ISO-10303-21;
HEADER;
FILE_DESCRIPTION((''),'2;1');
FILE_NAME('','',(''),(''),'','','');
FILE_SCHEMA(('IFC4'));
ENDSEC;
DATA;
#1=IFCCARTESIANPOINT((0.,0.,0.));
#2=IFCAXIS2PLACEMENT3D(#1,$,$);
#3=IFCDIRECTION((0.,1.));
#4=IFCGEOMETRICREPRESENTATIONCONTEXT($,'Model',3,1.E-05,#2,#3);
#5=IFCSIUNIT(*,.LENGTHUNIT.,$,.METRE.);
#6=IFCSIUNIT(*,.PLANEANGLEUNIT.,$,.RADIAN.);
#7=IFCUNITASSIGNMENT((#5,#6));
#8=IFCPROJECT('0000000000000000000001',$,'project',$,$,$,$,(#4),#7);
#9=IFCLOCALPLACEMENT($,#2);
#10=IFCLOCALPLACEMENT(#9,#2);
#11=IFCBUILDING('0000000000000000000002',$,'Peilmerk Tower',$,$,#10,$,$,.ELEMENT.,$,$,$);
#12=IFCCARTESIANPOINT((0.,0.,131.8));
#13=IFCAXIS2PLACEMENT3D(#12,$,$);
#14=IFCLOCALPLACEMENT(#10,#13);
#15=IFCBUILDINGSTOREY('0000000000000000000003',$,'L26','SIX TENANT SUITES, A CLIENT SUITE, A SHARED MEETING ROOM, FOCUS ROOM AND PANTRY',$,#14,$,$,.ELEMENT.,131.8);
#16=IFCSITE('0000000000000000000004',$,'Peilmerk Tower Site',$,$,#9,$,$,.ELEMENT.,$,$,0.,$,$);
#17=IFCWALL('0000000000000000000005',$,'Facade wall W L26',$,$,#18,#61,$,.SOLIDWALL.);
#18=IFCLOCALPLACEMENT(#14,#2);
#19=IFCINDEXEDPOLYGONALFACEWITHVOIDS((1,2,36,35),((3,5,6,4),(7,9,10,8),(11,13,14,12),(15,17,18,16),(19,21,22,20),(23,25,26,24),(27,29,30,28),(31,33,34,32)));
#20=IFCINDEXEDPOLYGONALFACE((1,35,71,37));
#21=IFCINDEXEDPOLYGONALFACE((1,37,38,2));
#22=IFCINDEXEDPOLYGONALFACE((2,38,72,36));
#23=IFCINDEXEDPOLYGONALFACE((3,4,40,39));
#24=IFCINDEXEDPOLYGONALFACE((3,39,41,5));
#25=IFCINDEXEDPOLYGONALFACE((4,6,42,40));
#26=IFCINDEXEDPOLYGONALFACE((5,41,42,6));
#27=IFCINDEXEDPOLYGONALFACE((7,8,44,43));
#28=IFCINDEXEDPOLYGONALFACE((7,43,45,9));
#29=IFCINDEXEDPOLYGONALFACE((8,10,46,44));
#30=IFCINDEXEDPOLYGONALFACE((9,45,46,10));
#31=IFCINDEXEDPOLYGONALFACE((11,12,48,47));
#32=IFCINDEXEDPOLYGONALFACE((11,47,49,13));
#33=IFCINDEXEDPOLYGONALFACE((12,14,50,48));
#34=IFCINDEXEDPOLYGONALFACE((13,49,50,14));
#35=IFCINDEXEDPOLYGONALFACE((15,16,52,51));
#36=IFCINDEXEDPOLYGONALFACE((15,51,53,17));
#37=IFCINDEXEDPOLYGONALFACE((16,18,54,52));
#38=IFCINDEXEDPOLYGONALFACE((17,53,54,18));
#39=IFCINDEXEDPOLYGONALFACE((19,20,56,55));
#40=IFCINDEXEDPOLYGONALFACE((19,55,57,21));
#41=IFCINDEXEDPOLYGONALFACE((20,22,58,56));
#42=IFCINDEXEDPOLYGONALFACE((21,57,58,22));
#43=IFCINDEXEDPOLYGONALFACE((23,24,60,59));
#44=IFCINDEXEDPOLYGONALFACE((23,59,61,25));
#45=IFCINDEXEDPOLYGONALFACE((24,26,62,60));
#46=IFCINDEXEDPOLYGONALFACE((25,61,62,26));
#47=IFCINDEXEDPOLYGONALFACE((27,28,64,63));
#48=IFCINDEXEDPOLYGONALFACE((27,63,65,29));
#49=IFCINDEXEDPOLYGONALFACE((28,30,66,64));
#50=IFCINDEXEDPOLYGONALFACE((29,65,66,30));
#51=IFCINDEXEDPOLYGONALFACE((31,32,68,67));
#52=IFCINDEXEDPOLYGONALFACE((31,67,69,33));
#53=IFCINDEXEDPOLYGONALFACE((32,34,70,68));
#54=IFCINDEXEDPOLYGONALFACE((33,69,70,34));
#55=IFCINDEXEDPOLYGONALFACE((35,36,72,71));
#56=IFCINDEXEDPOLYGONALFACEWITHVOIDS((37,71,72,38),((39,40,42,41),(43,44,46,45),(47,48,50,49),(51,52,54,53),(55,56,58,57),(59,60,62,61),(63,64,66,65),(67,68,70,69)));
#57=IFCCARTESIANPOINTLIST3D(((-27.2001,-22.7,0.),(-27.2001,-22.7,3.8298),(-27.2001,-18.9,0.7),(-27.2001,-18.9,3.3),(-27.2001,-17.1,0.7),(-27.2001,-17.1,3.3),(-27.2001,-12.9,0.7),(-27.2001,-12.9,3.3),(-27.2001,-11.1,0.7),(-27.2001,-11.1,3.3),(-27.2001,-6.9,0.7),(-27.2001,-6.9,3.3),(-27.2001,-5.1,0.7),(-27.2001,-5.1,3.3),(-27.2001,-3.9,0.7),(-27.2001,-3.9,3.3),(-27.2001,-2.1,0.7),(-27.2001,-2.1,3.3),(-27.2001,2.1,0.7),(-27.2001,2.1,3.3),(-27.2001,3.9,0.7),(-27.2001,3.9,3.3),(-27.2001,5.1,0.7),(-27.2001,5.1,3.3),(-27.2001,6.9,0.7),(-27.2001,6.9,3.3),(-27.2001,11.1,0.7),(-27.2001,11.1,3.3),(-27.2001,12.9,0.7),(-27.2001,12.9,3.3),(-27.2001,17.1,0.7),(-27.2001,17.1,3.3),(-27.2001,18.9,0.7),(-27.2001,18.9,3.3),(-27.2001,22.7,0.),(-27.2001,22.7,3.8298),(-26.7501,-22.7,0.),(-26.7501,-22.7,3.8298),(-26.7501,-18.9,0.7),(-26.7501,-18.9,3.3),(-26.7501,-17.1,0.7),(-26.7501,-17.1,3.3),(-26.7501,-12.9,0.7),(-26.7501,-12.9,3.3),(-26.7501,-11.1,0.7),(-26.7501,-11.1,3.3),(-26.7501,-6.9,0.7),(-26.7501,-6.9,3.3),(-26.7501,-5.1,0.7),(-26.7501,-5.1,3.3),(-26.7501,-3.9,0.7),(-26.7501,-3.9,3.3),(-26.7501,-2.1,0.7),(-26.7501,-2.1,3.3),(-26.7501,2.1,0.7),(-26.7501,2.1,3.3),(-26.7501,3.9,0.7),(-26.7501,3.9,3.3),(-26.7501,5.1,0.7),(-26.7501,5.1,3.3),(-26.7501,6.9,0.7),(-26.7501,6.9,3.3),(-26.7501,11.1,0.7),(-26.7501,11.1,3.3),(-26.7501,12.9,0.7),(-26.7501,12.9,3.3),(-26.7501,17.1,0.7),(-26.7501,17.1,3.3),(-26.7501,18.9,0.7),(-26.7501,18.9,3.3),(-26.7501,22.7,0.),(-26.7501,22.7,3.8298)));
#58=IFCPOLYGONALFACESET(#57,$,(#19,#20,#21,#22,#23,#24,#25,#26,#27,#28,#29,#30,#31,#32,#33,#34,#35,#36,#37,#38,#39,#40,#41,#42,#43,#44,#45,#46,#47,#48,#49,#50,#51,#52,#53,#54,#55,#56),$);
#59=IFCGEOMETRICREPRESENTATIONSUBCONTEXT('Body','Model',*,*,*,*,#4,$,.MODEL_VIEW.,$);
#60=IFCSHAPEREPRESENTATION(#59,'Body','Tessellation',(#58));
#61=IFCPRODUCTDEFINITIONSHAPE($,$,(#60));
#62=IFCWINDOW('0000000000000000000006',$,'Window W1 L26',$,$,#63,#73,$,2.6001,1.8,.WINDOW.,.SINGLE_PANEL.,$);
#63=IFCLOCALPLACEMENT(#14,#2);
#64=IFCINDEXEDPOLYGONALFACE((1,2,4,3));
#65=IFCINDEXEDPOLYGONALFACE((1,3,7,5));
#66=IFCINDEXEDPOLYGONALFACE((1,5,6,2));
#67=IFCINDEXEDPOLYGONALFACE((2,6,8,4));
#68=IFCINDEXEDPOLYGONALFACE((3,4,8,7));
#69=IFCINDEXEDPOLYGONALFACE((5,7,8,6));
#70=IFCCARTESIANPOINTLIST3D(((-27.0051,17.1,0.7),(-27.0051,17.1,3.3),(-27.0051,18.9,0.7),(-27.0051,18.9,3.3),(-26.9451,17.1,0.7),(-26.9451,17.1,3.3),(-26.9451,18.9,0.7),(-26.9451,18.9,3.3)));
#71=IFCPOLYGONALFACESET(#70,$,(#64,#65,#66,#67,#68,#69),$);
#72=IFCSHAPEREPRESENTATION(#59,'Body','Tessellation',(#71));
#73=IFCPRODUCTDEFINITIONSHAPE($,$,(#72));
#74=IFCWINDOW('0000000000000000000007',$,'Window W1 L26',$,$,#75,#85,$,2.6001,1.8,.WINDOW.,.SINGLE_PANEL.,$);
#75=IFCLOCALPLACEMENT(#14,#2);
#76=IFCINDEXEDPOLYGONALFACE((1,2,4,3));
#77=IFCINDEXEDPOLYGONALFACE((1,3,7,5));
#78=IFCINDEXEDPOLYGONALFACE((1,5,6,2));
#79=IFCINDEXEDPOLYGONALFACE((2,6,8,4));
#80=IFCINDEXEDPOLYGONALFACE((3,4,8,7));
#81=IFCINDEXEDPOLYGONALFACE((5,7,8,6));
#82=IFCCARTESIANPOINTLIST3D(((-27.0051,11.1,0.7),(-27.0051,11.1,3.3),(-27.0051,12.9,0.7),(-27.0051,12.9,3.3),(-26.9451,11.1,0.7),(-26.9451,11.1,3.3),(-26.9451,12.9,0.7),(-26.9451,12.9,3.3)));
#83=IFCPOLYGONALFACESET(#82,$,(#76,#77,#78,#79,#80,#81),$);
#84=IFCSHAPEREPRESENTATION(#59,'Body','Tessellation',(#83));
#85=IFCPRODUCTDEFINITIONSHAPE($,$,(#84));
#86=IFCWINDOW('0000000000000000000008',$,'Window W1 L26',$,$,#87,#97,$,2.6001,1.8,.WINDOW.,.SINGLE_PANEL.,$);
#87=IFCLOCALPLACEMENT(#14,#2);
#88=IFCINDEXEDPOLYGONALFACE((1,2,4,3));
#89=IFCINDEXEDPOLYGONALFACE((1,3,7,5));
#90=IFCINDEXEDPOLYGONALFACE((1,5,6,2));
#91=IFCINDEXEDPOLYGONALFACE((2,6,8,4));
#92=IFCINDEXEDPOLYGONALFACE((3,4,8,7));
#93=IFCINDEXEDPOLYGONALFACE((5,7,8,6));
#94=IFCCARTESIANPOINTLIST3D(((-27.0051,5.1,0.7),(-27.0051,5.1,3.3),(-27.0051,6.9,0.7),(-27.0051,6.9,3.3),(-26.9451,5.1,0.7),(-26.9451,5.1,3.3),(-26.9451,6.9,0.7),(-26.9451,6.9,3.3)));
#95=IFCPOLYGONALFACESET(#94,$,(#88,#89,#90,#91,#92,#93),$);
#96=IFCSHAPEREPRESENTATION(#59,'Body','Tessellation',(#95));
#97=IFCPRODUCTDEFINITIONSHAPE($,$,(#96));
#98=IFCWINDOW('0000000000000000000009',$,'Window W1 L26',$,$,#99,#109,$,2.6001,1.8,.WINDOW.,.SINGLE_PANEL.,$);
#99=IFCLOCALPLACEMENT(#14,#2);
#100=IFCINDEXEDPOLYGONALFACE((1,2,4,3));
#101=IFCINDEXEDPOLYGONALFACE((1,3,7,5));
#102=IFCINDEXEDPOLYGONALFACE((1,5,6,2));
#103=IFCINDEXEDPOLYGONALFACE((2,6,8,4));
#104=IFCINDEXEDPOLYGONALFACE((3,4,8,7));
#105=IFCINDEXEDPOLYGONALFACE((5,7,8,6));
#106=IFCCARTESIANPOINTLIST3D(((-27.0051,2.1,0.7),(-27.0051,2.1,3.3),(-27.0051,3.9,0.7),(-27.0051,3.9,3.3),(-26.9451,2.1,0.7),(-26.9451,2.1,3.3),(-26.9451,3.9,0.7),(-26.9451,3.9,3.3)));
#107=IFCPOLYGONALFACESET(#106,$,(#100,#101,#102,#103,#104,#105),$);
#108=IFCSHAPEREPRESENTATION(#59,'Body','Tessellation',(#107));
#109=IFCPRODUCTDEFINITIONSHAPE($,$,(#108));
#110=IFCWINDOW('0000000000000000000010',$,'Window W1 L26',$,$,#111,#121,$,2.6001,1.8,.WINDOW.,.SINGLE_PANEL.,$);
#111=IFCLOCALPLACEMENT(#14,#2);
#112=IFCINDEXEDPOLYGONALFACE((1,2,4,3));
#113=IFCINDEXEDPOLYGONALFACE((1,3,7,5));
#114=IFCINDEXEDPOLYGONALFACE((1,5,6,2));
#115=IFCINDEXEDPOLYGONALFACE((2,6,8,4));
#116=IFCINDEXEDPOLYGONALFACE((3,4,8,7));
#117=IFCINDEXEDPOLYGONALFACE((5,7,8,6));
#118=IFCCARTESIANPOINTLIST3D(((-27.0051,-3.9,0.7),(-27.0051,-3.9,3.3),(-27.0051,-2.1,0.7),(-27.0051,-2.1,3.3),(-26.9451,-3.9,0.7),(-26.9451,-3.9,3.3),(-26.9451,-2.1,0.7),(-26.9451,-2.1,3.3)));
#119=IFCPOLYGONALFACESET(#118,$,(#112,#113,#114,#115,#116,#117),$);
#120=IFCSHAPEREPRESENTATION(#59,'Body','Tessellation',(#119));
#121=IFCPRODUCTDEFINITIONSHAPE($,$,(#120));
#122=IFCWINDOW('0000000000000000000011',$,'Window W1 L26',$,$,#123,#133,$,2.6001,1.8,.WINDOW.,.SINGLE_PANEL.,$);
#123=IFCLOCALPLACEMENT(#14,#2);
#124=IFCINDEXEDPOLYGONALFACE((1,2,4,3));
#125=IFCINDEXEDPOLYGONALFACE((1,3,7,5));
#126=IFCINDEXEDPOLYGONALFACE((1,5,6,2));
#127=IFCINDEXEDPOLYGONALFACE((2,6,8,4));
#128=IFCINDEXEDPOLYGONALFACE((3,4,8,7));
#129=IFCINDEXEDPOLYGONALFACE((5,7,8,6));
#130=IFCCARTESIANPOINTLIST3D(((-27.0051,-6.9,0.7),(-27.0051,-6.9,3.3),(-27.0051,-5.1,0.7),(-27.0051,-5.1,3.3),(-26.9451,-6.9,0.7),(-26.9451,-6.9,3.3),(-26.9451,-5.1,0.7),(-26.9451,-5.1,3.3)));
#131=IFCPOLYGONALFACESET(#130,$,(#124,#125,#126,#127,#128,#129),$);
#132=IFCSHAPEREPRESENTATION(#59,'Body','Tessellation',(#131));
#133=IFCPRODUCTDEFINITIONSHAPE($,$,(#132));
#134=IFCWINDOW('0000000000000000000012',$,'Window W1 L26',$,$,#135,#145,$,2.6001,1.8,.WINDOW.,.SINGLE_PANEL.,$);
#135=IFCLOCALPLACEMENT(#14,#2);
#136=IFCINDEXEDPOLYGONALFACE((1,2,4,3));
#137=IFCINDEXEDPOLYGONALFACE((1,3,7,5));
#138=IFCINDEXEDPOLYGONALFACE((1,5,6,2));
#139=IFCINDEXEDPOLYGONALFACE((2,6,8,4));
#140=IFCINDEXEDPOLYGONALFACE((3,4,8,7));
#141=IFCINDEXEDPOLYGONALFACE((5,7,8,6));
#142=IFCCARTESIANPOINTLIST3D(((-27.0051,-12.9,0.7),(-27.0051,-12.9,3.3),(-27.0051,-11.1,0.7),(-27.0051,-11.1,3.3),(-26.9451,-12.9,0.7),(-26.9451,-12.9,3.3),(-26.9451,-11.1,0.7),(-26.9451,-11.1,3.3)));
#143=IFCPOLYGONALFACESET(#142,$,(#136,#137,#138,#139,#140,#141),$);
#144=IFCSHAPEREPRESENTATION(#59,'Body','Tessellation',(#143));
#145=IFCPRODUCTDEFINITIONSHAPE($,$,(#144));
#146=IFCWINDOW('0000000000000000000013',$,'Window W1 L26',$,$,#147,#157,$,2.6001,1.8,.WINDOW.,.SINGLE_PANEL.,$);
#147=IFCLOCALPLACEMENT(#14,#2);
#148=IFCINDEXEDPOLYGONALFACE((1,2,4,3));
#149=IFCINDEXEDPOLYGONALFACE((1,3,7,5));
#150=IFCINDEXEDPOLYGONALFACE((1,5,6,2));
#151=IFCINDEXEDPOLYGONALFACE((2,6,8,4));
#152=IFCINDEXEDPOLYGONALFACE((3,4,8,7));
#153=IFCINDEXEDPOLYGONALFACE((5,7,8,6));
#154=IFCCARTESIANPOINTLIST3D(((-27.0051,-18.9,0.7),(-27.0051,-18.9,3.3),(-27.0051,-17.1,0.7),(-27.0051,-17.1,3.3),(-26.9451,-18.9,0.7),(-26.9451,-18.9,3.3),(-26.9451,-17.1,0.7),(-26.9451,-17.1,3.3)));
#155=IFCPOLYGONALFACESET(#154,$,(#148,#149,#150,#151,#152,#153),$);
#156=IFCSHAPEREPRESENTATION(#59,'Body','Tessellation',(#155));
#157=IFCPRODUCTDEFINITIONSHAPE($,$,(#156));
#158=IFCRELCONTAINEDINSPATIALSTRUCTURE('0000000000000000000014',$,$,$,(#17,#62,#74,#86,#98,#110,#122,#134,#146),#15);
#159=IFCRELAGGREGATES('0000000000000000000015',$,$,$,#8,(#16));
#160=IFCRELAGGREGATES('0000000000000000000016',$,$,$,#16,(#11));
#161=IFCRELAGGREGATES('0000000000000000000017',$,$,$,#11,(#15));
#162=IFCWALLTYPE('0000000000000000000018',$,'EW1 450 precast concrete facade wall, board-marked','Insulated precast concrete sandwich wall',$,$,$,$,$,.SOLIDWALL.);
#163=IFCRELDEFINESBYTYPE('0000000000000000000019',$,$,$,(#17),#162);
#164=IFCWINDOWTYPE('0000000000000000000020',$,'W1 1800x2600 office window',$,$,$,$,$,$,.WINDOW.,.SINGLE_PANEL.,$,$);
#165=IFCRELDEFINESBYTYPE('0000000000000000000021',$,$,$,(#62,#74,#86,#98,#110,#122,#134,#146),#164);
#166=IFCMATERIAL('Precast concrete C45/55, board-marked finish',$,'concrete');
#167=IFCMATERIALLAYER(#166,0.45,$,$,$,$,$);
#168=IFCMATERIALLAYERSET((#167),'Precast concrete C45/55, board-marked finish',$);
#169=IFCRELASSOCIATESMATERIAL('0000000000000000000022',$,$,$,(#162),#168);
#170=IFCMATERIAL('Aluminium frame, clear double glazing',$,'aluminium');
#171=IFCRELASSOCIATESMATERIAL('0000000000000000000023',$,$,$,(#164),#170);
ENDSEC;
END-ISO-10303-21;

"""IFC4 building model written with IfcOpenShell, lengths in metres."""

from ifc_helpers import new_model, si_unit, direction, frame, frame_2d, origin, place, context, subcontext, project, spatial, rectangle, extrude, material, layer, layer_set, type_object, element, fill, save


model = new_model("IFC4")

# Units and contexts
model_context = context("Model", 3, precision=1e-05, world=origin(), true_north=direction((0.0, 1.0)))
body_context = subcontext(model_context, "Body", "Model", "MODEL_VIEW")
ifc_project = project(units=[si_unit("LENGTHUNIT", "METRE"), si_unit("PLANEANGLEUNIT", "RADIAN")], contexts=[model_context])

# Site, building, storey
site_placement = place(None, origin())
site = spatial("IfcSite", under=ifc_project, at=site_placement, Name="Peilmerk Tower Site", CompositionType="ELEMENT", RefElevation=0.0)
building_placement = place(site_placement, origin())
building = spatial("IfcBuilding", under=site, at=building_placement, Name="Peilmerk Tower", CompositionType="ELEMENT")
storey_placement = place(building_placement, frame((0.0, 0.0, 131.8)))
storey = spatial("IfcBuildingStorey", under=building, at=storey_placement, Name="L26", Description="SIX TENANT SUITES, A CLIENT SUITE, A SHARED MEETING ROOM, FOCUS ROOM AND PANTRY", CompositionType="ELEMENT", Elevation=131.8)

# Wall, openings, windows
ifc_material_1 = material(Name="Precast concrete C45/55, board-marked finish", Category="concrete")
ifc_layer_1 = layer(ifc_material_1, 0.45)
ifc_layer_set_1 = layer_set([ifc_layer_1], Name="Precast concrete C45/55, board-marked finish")
wall_type = type_object("IfcWallType", Name="EW1 450 precast concrete facade wall, board-marked", Description="Insulated precast concrete sandwich wall", PredefinedType="SOLIDWALL", material=ifc_layer_set_1)
wall_1_placement = place(storey_placement, frame((-26.9751, 22.7, 0.0), z_axis=(0.0, 0.0, 1.0), x_axis=(0.0, -1.0, 0.0)))
wall_1 = element("IfcWall", 1, at=wall_1_placement, inside=storey, type_object=wall_type, Name="Facade wall W L26", PredefinedType="SOLIDWALL", context=body_context, shape_type="SweptSolid", body=[
    extrude(rectangle(XDim=45.3999, YDim=0.45, at=frame_2d((22.7, 0.0))), origin(), (0.0, 0.0, 1.0), 3.8298),
])
opening_1_placement = place(wall_1_placement, frame((3.8, 0.0, 0.7)))
opening_1 = element("IfcOpeningElement", 2, at=opening_1_placement, cuts=wall_1, PredefinedType="OPENING", context=body_context, shape_type="SweptSolid", body=[
    extrude(rectangle(XDim=1.8, YDim=2.6001, at=frame_2d((0.8999, 1.3))), frame((0.0, 0.2349, 0.0), z_axis=(0.0, -1.0, 0.0), x_axis=(1.0, 0.0, 0.0)), (0.0, 0.0, 1.0), 0.47),
])
opening_2_placement = place(wall_1_placement, frame((9.8, 0.0, 0.7)))
opening_2 = element("IfcOpeningElement", 3, at=opening_2_placement, cuts=wall_1, PredefinedType="OPENING", context=body_context, shape_type="SweptSolid", body=[
    extrude(rectangle(XDim=1.8, YDim=2.6001, at=frame_2d((0.8999, 1.3))), frame((0.0, 0.2349, 0.0), z_axis=(0.0, -1.0, 0.0), x_axis=(1.0, 0.0, 0.0)), (0.0, 0.0, 1.0), 0.47),
])
opening_3_placement = place(wall_1_placement, frame((15.8, 0.0, 0.7)))
opening_3 = element("IfcOpeningElement", 4, at=opening_3_placement, cuts=wall_1, PredefinedType="OPENING", context=body_context, shape_type="SweptSolid", body=[
    extrude(rectangle(XDim=1.8, YDim=2.6001, at=frame_2d((0.8999, 1.3))), frame((0.0, 0.2349, 0.0), z_axis=(0.0, -1.0, 0.0), x_axis=(1.0, 0.0, 0.0)), (0.0, 0.0, 1.0), 0.47),
])
opening_4_placement = place(wall_1_placement, frame((18.8, 0.0, 0.7)))
opening_4 = element("IfcOpeningElement", 5, at=opening_4_placement, cuts=wall_1, PredefinedType="OPENING", context=body_context, shape_type="SweptSolid", body=[
    extrude(rectangle(XDim=1.8, YDim=2.6001, at=frame_2d((0.8999, 1.3))), frame((0.0, 0.2349, 0.0), z_axis=(0.0, -1.0, 0.0), x_axis=(1.0, 0.0, 0.0)), (0.0, 0.0, 1.0), 0.47),
])
opening_5_placement = place(wall_1_placement, frame((24.8, 0.0, 0.7)))
opening_5 = element("IfcOpeningElement", 6, at=opening_5_placement, cuts=wall_1, PredefinedType="OPENING", context=body_context, shape_type="SweptSolid", body=[
    extrude(rectangle(XDim=1.8, YDim=2.6001, at=frame_2d((0.8999, 1.3))), frame((0.0, 0.2349, 0.0), z_axis=(0.0, -1.0, 0.0), x_axis=(1.0, 0.0, 0.0)), (0.0, 0.0, 1.0), 0.47),
])
opening_6_placement = place(wall_1_placement, frame((27.8, 0.0, 0.7)))
opening_6 = element("IfcOpeningElement", 7, at=opening_6_placement, cuts=wall_1, PredefinedType="OPENING", context=body_context, shape_type="SweptSolid", body=[
    extrude(rectangle(XDim=1.8, YDim=2.6001, at=frame_2d((0.8999, 1.3))), frame((0.0, 0.2349, 0.0), z_axis=(0.0, -1.0, 0.0), x_axis=(1.0, 0.0, 0.0)), (0.0, 0.0, 1.0), 0.47),
])
opening_7_placement = place(wall_1_placement, frame((33.8, 0.0, 0.7)))
opening_7 = element("IfcOpeningElement", 8, at=opening_7_placement, cuts=wall_1, PredefinedType="OPENING", context=body_context, shape_type="SweptSolid", body=[
    extrude(rectangle(XDim=1.8, YDim=2.6001, at=frame_2d((0.8999, 1.3))), frame((0.0, 0.2349, 0.0), z_axis=(0.0, -1.0, 0.0), x_axis=(1.0, 0.0, 0.0)), (0.0, 0.0, 1.0), 0.47),
])
opening_8_placement = place(wall_1_placement, frame((39.8, 0.0, 0.7)))
opening_8 = element("IfcOpeningElement", 9, at=opening_8_placement, cuts=wall_1, PredefinedType="OPENING", context=body_context, shape_type="SweptSolid", body=[
    extrude(rectangle(XDim=1.8, YDim=2.6001, at=frame_2d((0.8999, 1.3))), frame((0.0, 0.2349, 0.0), z_axis=(0.0, -1.0, 0.0), x_axis=(1.0, 0.0, 0.0)), (0.0, 0.0, 1.0), 0.47),
])
ifc_material_2 = material(Name="Aluminium frame, clear double glazing", Category="aluminium")
window_type = type_object("IfcWindowType", Name="W1 1800x2600 office window", PartitioningType="SINGLE_PANEL", PredefinedType="WINDOW", material=ifc_material_2)
window_1_placement = place(opening_1_placement, origin())
window_1 = element("IfcWindow", 10, at=window_1_placement, inside=storey, type_object=window_type, Name="Window W1 L26", OverallHeight=2.6001, OverallWidth=1.8, PartitioningType="SINGLE_PANEL", PredefinedType="WINDOW", context=body_context, shape_type="SweptSolid", body=[
    extrude(rectangle(XDim=1.8, YDim=2.6001, at=frame_2d((0.8999, 1.3))), frame((0.0, 0.03, 0.0), z_axis=(0.0, -1.0, 0.0), x_axis=(1.0, 0.0, 0.0)), (0.0, 0.0, 1.0), 0.0601),
])
fill(opening_1, window_1)
window_2_placement = place(opening_2_placement, origin())
window_2 = element("IfcWindow", 11, at=window_2_placement, inside=storey, type_object=window_type, Name="Window W1 L26", OverallHeight=2.6001, OverallWidth=1.8, PartitioningType="SINGLE_PANEL", PredefinedType="WINDOW", context=body_context, shape_type="SweptSolid", body=[
    extrude(rectangle(XDim=1.8, YDim=2.6001, at=frame_2d((0.8999, 1.3))), frame((0.0, 0.03, 0.0), z_axis=(0.0, -1.0, 0.0), x_axis=(1.0, 0.0, 0.0)), (0.0, 0.0, 1.0), 0.0601),
])
fill(opening_2, window_2)
window_3_placement = place(opening_3_placement, origin())
window_3 = element("IfcWindow", 12, at=window_3_placement, inside=storey, type_object=window_type, Name="Window W1 L26", OverallHeight=2.6001, OverallWidth=1.8, PartitioningType="SINGLE_PANEL", PredefinedType="WINDOW", context=body_context, shape_type="SweptSolid", body=[
    extrude(rectangle(XDim=1.8, YDim=2.6001, at=frame_2d((0.8999, 1.3))), frame((0.0, 0.03, 0.0), z_axis=(0.0, -1.0, 0.0), x_axis=(1.0, 0.0, 0.0)), (0.0, 0.0, 1.0), 0.0601),
])
fill(opening_3, window_3)
window_4_placement = place(opening_4_placement, origin())
window_4 = element("IfcWindow", 13, at=window_4_placement, inside=storey, type_object=window_type, Name="Window W1 L26", OverallHeight=2.6001, OverallWidth=1.8, PartitioningType="SINGLE_PANEL", PredefinedType="WINDOW", context=body_context, shape_type="SweptSolid", body=[
    extrude(rectangle(XDim=1.8, YDim=2.6001, at=frame_2d((0.8999, 1.3))), frame((0.0, 0.03, 0.0), z_axis=(0.0, -1.0, 0.0), x_axis=(1.0, 0.0, 0.0)), (0.0, 0.0, 1.0), 0.0601),
])
fill(opening_4, window_4)
window_5_placement = place(opening_5_placement, origin())
window_5 = element("IfcWindow", 14, at=window_5_placement, inside=storey, type_object=window_type, Name="Window W1 L26", OverallHeight=2.6001, OverallWidth=1.8, PartitioningType="SINGLE_PANEL", PredefinedType="WINDOW", context=body_context, shape_type="SweptSolid", body=[
    extrude(rectangle(XDim=1.8, YDim=2.6001, at=frame_2d((0.8999, 1.3))), frame((0.0, 0.03, 0.0), z_axis=(0.0, -1.0, 0.0), x_axis=(1.0, 0.0, 0.0)), (0.0, 0.0, 1.0), 0.0601),
])
fill(opening_5, window_5)
window_6_placement = place(opening_6_placement, origin())
window_6 = element("IfcWindow", 15, at=window_6_placement, inside=storey, type_object=window_type, Name="Window W1 L26", OverallHeight=2.6001, OverallWidth=1.8, PartitioningType="SINGLE_PANEL", PredefinedType="WINDOW", context=body_context, shape_type="SweptSolid", body=[
    extrude(rectangle(XDim=1.8, YDim=2.6001, at=frame_2d((0.8999, 1.3))), frame((0.0, 0.03, 0.0), z_axis=(0.0, -1.0, 0.0), x_axis=(1.0, 0.0, 0.0)), (0.0, 0.0, 1.0), 0.0601),
])
fill(opening_6, window_6)
window_7_placement = place(opening_7_placement, origin())
window_7 = element("IfcWindow", 16, at=window_7_placement, inside=storey, type_object=window_type, Name="Window W1 L26", OverallHeight=2.6001, OverallWidth=1.8, PartitioningType="SINGLE_PANEL", PredefinedType="WINDOW", context=body_context, shape_type="SweptSolid", body=[
    extrude(rectangle(XDim=1.8, YDim=2.6001, at=frame_2d((0.8999, 1.3))), frame((0.0, 0.03, 0.0), z_axis=(0.0, -1.0, 0.0), x_axis=(1.0, 0.0, 0.0)), (0.0, 0.0, 1.0), 0.0601),
])
fill(opening_7, window_7)
window_8_placement = place(opening_8_placement, origin())
window_8 = element("IfcWindow", 17, at=window_8_placement, inside=storey, type_object=window_type, Name="Window W1 L26", OverallHeight=2.6001, OverallWidth=1.8, PartitioningType="SINGLE_PANEL", PredefinedType="WINDOW", context=body_context, shape_type="SweptSolid", body=[
    extrude(rectangle(XDim=1.8, YDim=2.6001, at=frame_2d((0.8999, 1.3))), frame((0.0, 0.03, 0.0), z_axis=(0.0, -1.0, 0.0), x_axis=(1.0, 0.0, 0.0)), (0.0, 0.0, 1.0), 0.0601),
])
fill(opening_8, window_8)

save(model, "model.ifc")
